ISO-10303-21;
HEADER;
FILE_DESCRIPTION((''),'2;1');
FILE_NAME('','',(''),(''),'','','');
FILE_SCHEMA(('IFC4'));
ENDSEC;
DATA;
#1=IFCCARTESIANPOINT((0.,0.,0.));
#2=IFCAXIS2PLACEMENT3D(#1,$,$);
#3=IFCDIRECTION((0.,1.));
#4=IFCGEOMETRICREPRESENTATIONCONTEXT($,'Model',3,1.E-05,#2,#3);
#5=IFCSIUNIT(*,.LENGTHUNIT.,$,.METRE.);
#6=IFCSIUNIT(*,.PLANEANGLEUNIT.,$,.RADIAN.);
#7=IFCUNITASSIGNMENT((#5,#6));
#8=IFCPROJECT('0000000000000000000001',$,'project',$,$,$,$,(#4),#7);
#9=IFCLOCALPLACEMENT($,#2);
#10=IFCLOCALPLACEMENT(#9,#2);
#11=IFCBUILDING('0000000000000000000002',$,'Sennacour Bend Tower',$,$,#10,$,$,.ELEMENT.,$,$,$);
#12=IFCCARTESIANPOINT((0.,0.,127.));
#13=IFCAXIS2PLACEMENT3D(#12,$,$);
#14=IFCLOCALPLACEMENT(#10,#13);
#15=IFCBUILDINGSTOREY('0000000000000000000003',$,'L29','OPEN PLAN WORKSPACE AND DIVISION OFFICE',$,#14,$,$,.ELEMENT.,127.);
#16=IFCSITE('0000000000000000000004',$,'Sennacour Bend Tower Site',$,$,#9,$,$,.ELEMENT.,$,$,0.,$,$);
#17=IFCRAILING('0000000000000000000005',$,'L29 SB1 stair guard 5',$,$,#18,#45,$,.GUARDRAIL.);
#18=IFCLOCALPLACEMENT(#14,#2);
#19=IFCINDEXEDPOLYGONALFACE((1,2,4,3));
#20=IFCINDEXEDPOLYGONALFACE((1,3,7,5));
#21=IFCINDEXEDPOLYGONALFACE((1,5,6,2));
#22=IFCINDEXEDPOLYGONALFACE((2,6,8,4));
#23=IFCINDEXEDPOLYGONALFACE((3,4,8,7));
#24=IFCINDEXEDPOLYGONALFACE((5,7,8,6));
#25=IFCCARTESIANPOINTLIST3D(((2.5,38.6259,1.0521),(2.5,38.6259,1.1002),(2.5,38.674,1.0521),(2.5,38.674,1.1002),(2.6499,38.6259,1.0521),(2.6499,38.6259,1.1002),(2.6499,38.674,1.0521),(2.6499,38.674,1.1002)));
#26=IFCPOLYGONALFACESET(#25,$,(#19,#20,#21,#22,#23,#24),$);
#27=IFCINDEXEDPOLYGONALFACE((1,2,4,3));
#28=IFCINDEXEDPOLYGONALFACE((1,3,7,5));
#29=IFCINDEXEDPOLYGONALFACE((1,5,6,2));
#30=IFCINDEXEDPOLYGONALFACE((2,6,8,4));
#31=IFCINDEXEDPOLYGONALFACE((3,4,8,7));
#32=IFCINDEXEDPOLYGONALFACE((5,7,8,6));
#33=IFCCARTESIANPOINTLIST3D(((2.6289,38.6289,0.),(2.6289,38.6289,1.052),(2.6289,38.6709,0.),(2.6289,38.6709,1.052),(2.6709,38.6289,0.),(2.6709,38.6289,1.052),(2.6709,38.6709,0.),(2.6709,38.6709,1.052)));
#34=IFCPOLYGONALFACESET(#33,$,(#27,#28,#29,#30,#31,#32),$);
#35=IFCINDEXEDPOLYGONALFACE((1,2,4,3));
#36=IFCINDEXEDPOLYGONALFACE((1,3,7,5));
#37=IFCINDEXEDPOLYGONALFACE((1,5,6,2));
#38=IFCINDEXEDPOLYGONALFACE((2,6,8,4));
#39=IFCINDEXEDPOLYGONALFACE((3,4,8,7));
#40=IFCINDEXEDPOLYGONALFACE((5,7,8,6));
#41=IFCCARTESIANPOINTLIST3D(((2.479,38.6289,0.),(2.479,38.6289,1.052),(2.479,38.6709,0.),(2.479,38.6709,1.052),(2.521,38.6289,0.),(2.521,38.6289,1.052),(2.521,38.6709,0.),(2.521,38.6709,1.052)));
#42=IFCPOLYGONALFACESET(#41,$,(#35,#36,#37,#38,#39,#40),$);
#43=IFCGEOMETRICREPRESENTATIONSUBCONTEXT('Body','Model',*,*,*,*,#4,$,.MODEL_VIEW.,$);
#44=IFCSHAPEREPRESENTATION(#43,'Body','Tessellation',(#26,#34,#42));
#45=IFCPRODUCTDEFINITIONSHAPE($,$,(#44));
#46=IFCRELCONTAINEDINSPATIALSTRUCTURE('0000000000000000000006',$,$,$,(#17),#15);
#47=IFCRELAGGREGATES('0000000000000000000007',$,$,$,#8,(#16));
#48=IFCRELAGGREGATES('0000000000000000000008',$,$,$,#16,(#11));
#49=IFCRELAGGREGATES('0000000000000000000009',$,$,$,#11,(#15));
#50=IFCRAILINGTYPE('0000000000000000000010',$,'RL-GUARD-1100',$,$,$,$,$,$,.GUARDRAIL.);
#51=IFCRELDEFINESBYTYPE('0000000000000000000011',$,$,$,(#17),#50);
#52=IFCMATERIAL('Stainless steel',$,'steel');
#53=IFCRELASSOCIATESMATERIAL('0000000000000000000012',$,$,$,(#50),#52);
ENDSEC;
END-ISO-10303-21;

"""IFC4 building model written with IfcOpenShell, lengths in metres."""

from ifc_helpers import new_model, si_unit, direction, frame, origin, origin_2d, place, context, subcontext, project, spatial, rectangle, extrude, material, type_object, element, save


model = new_model("IFC4")

# Units and contexts
model_context = context("Model", 3, precision=1e-05, world=origin(), true_north=direction((0.0, 1.0)))
body_context = subcontext(model_context, "Body", "Model", "MODEL_VIEW")
ifc_project = project(units=[si_unit("LENGTHUNIT", "METRE"), si_unit("PLANEANGLEUNIT", "RADIAN")], contexts=[model_context])

# Site, building, storey
site_placement = place(None, origin())
site = spatial("IfcSite", under=ifc_project, at=site_placement, Name="Sennacour Bend Tower Site", CompositionType="ELEMENT", RefElevation=0.0)
building_placement = place(site_placement, origin())
building = spatial("IfcBuilding", under=site, at=building_placement, Name="Sennacour Bend Tower", CompositionType="ELEMENT")
storey_placement = place(building_placement, frame((0.0, 0.0, 127.0)))
storey = spatial("IfcBuildingStorey", under=building, at=storey_placement, Name="L29", Description="OPEN PLAN WORKSPACE AND DIVISION OFFICE", CompositionType="ELEMENT", Elevation=127.0)

# Railing
ifc_material_1 = material(Name="Stainless steel", Category="steel")
railing_type = type_object("IfcRailingType", Name="RL-GUARD-1100", PredefinedType="GUARDRAIL", material=ifc_material_1)
railing_1_placement = place(storey_placement, frame((2.6499, 38.6499, 0.0)))
element("IfcRailing", 1, at=railing_1_placement, inside=storey, type_object=railing_type, Name="L29 SB1 stair guard 5", PredefinedType="GUARDRAIL", context=body_context, shape_type="SweptSolid", body=[
    extrude(rectangle(XDim=0.0481, YDim=0.0481, at=origin_2d()), frame((0.0, 0.0, 1.0762), z_axis=(-1.0, 0.0, 0.0), x_axis=(0.0, -1.0, 0.0)), (0.0, 0.0, 1.0), 0.1499),
    extrude(rectangle(XDim=0.042, YDim=0.042, at=origin_2d()), origin(), (0.0, 0.0, 1.0), 1.052),
    extrude(rectangle(XDim=0.042, YDim=0.042, at=origin_2d()), frame((-0.1499, 0.0, 0.0)), (0.0, 0.0, 1.0), 1.052),
])

save(model, "model.ifc")
